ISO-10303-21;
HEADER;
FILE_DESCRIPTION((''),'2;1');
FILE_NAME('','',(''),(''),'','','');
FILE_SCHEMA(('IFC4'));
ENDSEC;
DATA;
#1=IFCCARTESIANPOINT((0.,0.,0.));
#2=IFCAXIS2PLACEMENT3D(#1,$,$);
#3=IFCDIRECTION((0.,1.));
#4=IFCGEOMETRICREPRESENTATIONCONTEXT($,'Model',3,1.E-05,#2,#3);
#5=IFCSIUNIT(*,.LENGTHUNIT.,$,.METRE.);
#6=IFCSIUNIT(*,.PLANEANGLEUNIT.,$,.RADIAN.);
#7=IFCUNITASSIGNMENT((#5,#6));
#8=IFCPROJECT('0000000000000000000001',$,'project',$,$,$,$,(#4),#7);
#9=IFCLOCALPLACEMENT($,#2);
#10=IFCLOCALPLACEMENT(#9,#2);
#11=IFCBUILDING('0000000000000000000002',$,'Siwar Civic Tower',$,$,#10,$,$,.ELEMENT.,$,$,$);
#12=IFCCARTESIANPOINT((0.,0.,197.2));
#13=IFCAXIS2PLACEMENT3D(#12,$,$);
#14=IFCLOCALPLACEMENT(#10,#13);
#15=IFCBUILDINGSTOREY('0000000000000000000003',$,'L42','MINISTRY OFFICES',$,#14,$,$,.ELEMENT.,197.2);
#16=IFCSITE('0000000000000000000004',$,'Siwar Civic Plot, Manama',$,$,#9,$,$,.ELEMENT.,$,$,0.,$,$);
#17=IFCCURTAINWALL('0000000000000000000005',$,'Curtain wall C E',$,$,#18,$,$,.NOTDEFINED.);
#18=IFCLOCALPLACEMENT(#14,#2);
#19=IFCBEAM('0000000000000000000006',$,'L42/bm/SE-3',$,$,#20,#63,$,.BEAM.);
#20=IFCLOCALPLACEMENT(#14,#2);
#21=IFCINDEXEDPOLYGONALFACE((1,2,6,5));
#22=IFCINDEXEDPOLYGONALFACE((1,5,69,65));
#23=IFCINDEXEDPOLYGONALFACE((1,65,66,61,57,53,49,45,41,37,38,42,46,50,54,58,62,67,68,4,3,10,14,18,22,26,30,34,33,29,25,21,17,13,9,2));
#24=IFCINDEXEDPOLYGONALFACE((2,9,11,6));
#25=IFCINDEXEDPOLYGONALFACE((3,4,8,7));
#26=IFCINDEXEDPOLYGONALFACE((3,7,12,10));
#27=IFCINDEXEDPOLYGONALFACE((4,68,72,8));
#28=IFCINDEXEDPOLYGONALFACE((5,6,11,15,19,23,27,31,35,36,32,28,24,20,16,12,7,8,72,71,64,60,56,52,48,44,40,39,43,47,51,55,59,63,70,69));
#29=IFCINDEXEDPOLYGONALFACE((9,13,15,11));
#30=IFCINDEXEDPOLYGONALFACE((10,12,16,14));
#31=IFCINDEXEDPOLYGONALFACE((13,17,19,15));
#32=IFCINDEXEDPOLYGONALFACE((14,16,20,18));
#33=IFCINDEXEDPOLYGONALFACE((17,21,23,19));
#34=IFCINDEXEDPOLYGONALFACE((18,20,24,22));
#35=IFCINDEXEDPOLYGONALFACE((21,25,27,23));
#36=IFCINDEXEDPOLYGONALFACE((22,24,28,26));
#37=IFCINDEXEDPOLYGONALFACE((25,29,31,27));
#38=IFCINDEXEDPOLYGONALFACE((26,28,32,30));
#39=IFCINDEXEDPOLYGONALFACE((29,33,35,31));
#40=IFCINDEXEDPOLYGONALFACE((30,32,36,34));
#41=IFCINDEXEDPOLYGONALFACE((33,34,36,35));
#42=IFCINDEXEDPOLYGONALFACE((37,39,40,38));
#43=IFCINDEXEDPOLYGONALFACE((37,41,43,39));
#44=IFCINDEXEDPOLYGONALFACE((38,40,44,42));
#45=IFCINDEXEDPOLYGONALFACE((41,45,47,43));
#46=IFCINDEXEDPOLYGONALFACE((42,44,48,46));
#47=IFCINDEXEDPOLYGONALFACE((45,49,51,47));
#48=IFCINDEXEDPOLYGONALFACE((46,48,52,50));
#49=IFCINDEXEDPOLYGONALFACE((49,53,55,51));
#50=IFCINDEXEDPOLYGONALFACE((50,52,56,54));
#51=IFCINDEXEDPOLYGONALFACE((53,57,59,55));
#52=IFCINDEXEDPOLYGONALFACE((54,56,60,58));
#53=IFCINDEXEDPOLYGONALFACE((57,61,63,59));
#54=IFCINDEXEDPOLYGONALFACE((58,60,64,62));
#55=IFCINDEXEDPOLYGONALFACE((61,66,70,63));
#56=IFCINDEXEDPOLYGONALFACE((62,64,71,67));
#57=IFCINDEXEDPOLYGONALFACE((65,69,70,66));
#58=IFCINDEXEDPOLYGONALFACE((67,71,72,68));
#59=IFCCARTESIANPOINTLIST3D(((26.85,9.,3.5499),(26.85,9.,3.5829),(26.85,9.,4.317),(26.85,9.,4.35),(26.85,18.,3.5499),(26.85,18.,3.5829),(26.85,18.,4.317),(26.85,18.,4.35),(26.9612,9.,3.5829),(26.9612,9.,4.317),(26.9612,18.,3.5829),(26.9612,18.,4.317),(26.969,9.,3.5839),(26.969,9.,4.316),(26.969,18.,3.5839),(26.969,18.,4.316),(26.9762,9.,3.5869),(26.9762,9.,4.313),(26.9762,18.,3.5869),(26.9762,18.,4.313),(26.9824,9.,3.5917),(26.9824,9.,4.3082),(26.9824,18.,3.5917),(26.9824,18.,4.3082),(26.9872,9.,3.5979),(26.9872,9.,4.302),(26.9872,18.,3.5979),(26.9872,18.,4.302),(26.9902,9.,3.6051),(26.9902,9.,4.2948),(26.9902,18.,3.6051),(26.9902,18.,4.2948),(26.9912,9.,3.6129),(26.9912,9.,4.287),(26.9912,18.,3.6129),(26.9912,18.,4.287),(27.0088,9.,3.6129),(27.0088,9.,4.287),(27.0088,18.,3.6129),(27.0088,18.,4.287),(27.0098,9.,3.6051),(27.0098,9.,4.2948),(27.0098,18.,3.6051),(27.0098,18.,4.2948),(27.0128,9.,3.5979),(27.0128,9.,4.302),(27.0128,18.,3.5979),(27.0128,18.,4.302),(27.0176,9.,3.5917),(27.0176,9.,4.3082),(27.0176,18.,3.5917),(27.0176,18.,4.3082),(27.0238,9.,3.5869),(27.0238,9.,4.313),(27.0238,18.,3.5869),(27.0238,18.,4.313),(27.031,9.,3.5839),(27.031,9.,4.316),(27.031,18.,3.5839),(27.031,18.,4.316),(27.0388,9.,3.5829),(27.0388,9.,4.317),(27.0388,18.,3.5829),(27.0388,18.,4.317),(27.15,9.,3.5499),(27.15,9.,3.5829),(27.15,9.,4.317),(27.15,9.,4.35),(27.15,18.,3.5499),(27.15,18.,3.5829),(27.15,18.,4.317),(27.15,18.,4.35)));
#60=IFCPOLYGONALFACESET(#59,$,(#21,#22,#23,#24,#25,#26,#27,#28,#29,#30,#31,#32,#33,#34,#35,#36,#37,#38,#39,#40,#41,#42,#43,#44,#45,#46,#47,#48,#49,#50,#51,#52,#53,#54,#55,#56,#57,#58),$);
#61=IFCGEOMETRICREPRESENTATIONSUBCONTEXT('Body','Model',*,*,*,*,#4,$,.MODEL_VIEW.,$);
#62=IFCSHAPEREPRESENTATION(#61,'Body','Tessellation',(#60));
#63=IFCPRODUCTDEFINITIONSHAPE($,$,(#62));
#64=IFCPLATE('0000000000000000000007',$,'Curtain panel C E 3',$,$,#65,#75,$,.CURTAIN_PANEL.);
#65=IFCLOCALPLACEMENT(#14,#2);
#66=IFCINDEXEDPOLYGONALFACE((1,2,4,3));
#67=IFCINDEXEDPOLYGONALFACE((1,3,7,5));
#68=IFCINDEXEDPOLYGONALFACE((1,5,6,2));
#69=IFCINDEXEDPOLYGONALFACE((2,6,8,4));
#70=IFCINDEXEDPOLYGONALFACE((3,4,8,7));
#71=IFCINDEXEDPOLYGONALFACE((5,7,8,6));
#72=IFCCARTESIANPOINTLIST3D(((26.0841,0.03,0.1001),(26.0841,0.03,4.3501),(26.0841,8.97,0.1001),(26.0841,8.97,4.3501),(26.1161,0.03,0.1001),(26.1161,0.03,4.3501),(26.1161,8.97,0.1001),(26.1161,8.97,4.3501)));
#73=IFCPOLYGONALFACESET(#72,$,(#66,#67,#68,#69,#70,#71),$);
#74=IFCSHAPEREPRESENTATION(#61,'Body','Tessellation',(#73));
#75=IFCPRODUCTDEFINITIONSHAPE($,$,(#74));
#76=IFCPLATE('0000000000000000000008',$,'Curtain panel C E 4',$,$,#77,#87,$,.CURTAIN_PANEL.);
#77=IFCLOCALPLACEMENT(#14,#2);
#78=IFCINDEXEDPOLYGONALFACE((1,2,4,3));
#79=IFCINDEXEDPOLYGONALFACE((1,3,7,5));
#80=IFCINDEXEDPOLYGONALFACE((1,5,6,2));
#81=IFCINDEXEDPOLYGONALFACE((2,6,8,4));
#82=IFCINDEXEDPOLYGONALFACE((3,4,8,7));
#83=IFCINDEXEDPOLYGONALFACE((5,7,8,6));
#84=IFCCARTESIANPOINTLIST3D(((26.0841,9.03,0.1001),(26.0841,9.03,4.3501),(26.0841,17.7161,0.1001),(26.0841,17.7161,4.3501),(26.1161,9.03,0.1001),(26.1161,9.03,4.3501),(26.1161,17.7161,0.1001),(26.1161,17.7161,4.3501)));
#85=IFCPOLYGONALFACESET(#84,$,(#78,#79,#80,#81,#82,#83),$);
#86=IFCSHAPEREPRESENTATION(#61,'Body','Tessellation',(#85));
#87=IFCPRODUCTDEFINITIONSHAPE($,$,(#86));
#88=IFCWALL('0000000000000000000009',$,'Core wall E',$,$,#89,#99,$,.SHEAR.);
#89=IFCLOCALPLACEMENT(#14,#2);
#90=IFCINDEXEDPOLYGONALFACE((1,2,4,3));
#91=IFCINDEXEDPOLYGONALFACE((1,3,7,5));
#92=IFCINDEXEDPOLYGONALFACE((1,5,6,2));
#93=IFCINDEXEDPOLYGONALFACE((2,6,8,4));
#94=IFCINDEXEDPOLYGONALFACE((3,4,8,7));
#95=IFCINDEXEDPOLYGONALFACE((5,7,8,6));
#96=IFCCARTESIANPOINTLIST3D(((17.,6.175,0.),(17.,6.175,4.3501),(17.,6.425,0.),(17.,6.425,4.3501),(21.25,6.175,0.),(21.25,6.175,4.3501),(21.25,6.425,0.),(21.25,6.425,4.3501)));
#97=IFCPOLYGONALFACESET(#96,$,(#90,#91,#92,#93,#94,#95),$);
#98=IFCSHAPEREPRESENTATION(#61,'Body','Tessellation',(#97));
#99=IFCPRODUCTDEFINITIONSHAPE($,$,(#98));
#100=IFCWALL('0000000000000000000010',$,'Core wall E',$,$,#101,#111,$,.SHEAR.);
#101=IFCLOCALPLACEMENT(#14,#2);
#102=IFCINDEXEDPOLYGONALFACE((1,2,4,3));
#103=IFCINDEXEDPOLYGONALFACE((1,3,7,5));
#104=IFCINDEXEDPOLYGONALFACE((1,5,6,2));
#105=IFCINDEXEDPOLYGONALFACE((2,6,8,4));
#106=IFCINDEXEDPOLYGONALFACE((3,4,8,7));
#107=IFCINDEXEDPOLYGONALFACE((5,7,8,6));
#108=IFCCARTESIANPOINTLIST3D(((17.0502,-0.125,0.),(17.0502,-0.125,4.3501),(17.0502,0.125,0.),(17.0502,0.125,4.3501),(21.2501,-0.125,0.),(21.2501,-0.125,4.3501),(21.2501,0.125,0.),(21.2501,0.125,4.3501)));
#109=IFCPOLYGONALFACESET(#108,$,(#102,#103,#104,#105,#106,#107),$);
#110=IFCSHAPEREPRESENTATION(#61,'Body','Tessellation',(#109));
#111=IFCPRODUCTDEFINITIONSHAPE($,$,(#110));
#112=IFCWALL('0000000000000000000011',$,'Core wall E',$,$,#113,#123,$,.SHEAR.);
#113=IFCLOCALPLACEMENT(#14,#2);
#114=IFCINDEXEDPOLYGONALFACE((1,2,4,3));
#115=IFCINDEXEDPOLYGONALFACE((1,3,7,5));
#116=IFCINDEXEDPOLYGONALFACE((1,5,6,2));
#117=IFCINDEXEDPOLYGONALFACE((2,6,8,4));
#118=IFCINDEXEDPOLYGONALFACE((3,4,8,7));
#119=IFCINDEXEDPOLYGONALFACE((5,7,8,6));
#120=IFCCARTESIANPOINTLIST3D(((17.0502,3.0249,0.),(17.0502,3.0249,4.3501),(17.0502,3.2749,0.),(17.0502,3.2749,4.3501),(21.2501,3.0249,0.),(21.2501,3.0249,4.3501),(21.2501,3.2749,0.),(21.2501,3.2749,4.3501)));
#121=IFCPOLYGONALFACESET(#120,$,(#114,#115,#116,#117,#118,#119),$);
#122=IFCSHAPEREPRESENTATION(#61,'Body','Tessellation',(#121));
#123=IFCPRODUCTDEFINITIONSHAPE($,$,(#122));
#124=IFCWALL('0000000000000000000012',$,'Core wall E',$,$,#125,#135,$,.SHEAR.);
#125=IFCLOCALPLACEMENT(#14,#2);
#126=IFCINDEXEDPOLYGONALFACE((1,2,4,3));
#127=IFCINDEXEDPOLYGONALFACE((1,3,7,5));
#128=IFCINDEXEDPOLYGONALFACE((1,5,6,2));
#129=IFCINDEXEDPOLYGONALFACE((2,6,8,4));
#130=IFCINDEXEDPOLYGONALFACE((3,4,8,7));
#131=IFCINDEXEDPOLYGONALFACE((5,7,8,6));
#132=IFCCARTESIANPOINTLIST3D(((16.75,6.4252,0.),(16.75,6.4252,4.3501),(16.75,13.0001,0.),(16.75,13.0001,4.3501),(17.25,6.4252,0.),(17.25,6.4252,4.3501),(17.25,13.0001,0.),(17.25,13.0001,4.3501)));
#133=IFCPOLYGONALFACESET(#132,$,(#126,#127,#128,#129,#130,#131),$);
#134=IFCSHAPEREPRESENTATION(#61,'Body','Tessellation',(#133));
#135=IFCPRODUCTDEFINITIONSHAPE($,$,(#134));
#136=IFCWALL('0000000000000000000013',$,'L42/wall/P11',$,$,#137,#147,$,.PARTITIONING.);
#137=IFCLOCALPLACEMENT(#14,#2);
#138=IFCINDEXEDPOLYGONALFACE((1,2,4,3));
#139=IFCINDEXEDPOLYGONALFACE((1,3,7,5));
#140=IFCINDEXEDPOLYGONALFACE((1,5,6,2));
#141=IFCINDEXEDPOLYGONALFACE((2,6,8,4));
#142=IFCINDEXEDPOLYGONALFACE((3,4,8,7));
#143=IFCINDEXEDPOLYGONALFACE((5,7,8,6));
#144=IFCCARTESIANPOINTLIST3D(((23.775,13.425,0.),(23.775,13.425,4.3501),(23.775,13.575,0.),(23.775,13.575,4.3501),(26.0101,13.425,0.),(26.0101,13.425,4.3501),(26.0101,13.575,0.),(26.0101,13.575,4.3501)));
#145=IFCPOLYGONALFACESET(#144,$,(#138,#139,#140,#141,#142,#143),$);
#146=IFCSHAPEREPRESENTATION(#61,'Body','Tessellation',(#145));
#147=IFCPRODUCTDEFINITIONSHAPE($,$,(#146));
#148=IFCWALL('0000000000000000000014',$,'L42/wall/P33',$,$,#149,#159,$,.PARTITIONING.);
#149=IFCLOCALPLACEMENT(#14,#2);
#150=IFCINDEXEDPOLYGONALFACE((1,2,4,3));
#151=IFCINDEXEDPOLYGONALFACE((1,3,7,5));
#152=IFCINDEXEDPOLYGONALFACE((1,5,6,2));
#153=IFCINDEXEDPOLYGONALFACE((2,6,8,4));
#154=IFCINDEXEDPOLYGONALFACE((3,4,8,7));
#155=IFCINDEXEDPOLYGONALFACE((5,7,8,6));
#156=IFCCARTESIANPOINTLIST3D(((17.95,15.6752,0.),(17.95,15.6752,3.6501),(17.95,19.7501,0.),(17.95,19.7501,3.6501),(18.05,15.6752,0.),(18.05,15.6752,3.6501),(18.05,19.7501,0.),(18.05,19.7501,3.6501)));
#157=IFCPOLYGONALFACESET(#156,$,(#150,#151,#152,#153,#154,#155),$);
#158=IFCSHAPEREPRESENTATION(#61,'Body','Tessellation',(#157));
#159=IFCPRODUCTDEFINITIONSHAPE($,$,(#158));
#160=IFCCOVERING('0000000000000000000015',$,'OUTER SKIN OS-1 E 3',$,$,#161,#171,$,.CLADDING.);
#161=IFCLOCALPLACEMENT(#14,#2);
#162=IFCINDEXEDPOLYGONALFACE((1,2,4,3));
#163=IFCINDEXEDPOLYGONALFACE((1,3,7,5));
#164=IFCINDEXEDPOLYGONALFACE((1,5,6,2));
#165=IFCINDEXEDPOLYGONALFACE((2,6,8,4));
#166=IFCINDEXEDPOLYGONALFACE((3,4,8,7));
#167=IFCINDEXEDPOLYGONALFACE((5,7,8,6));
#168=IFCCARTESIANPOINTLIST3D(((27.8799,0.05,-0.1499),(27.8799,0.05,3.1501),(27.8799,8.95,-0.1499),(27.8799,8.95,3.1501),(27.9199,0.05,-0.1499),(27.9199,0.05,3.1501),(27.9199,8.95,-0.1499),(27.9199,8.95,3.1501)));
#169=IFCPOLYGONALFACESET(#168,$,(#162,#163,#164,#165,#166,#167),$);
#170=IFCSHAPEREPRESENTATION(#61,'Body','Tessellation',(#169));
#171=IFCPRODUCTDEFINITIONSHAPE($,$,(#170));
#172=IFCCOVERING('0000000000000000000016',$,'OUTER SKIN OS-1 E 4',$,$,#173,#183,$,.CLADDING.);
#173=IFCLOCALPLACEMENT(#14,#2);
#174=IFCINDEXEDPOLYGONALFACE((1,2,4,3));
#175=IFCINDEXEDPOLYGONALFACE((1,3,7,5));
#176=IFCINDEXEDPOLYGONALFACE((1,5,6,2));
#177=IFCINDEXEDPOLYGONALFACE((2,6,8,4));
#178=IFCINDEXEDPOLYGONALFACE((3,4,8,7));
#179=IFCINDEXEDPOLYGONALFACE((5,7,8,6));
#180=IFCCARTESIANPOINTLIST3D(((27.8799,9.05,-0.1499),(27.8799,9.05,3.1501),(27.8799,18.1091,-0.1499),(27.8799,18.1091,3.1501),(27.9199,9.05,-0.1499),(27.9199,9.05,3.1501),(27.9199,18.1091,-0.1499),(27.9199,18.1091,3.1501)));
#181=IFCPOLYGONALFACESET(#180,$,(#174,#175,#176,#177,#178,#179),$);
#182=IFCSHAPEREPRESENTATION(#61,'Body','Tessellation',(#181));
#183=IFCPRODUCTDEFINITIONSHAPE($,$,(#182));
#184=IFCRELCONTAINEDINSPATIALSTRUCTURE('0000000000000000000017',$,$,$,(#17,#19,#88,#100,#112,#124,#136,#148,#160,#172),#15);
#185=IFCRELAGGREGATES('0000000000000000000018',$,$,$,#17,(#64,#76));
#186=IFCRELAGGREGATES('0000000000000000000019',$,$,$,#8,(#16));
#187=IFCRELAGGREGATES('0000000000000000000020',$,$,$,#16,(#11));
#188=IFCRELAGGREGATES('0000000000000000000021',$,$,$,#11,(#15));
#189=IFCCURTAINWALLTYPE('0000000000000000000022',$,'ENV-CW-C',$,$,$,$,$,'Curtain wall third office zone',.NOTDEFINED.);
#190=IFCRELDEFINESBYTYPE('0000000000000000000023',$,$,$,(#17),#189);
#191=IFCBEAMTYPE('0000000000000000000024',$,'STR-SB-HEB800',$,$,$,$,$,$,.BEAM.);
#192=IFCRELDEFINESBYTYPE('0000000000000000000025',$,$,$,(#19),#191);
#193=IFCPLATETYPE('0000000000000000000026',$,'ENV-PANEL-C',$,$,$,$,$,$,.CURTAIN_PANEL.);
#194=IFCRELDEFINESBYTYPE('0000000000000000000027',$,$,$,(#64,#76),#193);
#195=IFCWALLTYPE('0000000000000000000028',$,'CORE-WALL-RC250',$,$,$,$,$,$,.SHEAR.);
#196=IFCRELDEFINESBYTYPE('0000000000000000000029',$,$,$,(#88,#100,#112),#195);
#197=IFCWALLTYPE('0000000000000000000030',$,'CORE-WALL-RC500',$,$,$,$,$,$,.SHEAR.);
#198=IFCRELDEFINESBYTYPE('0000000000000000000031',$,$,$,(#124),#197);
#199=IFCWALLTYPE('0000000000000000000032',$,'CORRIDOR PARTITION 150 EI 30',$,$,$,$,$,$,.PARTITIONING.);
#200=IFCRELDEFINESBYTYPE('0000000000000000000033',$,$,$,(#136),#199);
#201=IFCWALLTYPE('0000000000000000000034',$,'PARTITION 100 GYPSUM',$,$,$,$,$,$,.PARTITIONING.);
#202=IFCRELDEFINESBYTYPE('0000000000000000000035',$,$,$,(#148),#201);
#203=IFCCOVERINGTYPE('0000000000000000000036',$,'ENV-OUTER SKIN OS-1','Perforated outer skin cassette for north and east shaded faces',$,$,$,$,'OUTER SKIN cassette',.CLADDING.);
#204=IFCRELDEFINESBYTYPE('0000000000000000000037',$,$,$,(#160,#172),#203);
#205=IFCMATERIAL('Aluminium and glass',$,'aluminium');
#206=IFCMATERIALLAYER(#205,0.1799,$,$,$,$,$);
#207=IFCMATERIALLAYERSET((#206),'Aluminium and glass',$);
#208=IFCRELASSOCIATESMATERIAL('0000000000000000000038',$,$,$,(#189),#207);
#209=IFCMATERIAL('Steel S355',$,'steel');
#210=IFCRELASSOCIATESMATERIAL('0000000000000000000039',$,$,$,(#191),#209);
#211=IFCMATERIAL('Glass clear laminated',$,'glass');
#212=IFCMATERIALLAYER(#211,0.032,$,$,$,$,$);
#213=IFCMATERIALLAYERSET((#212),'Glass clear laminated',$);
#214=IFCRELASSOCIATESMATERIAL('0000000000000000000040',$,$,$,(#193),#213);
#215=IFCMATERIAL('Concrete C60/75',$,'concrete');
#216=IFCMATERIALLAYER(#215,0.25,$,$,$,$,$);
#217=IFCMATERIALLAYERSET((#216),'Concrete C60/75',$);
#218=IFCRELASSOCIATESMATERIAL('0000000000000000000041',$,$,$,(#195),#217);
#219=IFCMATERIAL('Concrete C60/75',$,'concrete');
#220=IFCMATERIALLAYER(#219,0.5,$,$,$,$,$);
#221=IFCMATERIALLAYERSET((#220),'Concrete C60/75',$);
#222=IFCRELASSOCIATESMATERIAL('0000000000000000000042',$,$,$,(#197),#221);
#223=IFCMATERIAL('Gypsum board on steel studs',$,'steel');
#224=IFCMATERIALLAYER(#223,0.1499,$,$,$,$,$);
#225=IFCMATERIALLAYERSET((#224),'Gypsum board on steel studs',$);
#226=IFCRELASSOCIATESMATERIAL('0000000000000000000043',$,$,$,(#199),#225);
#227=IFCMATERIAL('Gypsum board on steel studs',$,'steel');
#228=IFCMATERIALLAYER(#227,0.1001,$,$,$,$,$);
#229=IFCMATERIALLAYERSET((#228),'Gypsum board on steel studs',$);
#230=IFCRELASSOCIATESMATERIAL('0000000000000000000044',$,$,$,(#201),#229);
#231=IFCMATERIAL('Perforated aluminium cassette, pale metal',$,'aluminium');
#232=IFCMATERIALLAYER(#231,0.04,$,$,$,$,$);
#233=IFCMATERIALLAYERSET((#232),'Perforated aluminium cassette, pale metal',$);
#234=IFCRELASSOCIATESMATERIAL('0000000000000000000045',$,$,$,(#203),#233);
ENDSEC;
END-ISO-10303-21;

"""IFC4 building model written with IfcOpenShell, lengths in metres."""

from ifc_helpers import new_model, si_unit, direction, frame, frame_2d, origin, origin_2d, place, context, subcontext, project, spatial, rectangle, i_section, extrude, material, layer, layer_set, material_profile, profile_set, type_object, element, aggregate, save


model = new_model("IFC4")

# Units and contexts
model_context = context("Model", 3, precision=1e-05, world=origin(), true_north=direction((0.0, 1.0)))
body_context = subcontext(model_context, "Body", "Model", "MODEL_VIEW")
ifc_project = project(units=[si_unit("LENGTHUNIT", "METRE"), si_unit("PLANEANGLEUNIT", "RADIAN")], contexts=[model_context])

# Site, building, storey
site_placement = place(None, origin())
site = spatial("IfcSite", under=ifc_project, at=site_placement, Name="Siwar Civic Plot, Manama", CompositionType="ELEMENT", RefElevation=0.0)
building_placement = place(site_placement, origin())
building = spatial("IfcBuilding", under=site, at=building_placement, Name="Siwar Civic Tower", CompositionType="ELEMENT")
storey_placement = place(building_placement, frame((0.0, 0.0, 197.2)))
storey = spatial("IfcBuildingStorey", under=building, at=storey_placement, Name="L42", Description="MINISTRY OFFICES", CompositionType="ELEMENT", Elevation=197.2)

# Curtain wall
ifc_material_1 = material(Name="Aluminium and glass", Category="aluminium")
ifc_layer_1 = layer(ifc_material_1, 0.1799)
ifc_layer_set_1 = layer_set([ifc_layer_1], Name="Aluminium and glass")
curtain_wall_type_1 = type_object("IfcCurtainWallType", Name="ENV-CW-C", ElementType="Curtain wall third office zone", PredefinedType="NOTDEFINED", material=ifc_layer_set_1)
curtain_wall_1_placement = place(storey_placement, origin())
curtain_wall_1 = element("IfcCurtainWall", 1, at=curtain_wall_1_placement, inside=storey, type_object=curtain_wall_type_1, Name="Curtain wall C E", PredefinedType="NOTDEFINED")

# Beam
ifc_material_2 = material(Name="Steel S355", Category="steel")
ifc_material_profile_1 = material_profile(ifc_material_2, i_section(OverallWidth=0.3, OverallDepth=0.8, WebThickness=0.0176, FlangeThickness=0.033, FilletRadius=0.03, at=origin_2d()), Name="HEB800")
ifc_profile_set_1 = profile_set([ifc_material_profile_1], Name="Steel S355")
beam_type_1 = type_object("IfcBeamType", Name="STR-SB-HEB800", PredefinedType="BEAM", material=ifc_profile_set_1)
for number, where, z_axis, x_axis, name in (
    (2, (27.0, 9.0, 3.95), (0.0, 1.0, 0.0), (-1.0, 0.0, 0.0), "L42/bm/SE-3"),
):
    element("IfcBeam", number, at=place(storey_placement, frame(where, z_axis=z_axis, x_axis=x_axis)), inside=storey, type_object=beam_type_1, Name=name, PredefinedType="BEAM", context=body_context, shape_type="SweptSolid", body=[
        extrude(i_section(OverallWidth=0.3, OverallDepth=0.8, WebThickness=0.0176, FlangeThickness=0.033, FilletRadius=0.03, at=origin_2d()), origin(), (0.0, 0.0, 1.0), 9.0),
    ])

# Plates
ifc_material_3 = material(Name="Glass clear laminated", Category="glass")
ifc_layer_2 = layer(ifc_material_3, 0.032)
ifc_layer_set_2 = layer_set([ifc_layer_2], Name="Glass clear laminated")
plate_type = type_object("IfcPlateType", Name="ENV-PANEL-C", PredefinedType="CURTAIN_PANEL", material=ifc_layer_set_2)
plate_1_placement = place(storey_placement, frame((26.1001, 4.5, 0.1001), z_axis=(0.0, 0.0, 1.0), x_axis=(0.0, 1.0, 0.0)))
plate_1 = element("IfcPlate", 3, at=plate_1_placement, type_object=plate_type, Name="Curtain panel C E 3", PredefinedType="CURTAIN_PANEL", context=body_context, shape_type="SweptSolid", body=[
    extrude(rectangle(XDim=8.9399, YDim=0.032, at=origin_2d()), origin(), (0.0, 0.0, 1.0), 4.25),
])
plate_2_placement = place(storey_placement, frame((26.1001, 13.373, 0.1001), z_axis=(0.0, 0.0, 1.0), x_axis=(0.0, 1.0, 0.0)))
plate_2 = element("IfcPlate", 4, at=plate_2_placement, type_object=plate_type, Name="Curtain panel C E 4", PredefinedType="CURTAIN_PANEL", context=body_context, shape_type="SweptSolid", body=[
    extrude(rectangle(XDim=8.686, YDim=0.032, at=origin_2d()), origin(), (0.0, 0.0, 1.0), 4.25),
])
aggregate(curtain_wall_1, [plate_1, plate_2])

# Walls
ifc_material_4 = material(Name="Concrete C60/75", Category="concrete")
ifc_layer_3 = layer(ifc_material_4, 0.25)
ifc_layer_set_3 = layer_set([ifc_layer_3], Name="Concrete C60/75")
wall_type_1 = type_object("IfcWallType", Name="CORE-WALL-RC250", PredefinedType="SHEAR", material=ifc_layer_set_3)
wall_1_placement = place(storey_placement, frame((17.0, 6.3, 0.0), z_axis=(0.0, 0.0, 1.0), x_axis=(1.0, 0.0, 0.0)))
element("IfcWall", 5, at=wall_1_placement, inside=storey, type_object=wall_type_1, Name="Core wall E", PredefinedType="SHEAR", context=body_context, shape_type="SweptSolid", body=[
    extrude(rectangle(XDim=4.25, YDim=0.25, at=frame_2d((2.125, 0.0))), origin(), (0.0, 0.0, 1.0), 4.3501),
])
for number, where, z_axis, x_axis, name in (
    (6, (17.05, 0.0, 0.0), (0.0, 0.0, 1.0), (1.0, 0.0, 0.0), "Core wall E"),
    (7, (17.05, 3.1499, 0.0), (0.0, 0.0, 1.0), (1.0, 0.0, 0.0), "Core wall E"),
):
    element("IfcWall", number, at=place(storey_placement, frame(where, z_axis=z_axis, x_axis=x_axis)), inside=storey, type_object=wall_type_1, Name=name, PredefinedType="SHEAR", context=body_context, shape_type="SweptSolid", body=[
        extrude(rectangle(XDim=4.2, YDim=0.25, at=frame_2d((2.1001, 0.0))), origin(), (0.0, 0.0, 1.0), 4.3501),
    ])
ifc_material_5 = material(Name="Concrete C60/75", Category="concrete")
ifc_layer_4 = layer(ifc_material_5, 0.5)
ifc_layer_set_4 = layer_set([ifc_layer_4], Name="Concrete C60/75")
wall_type_2 = type_object("IfcWallType", Name="CORE-WALL-RC500", PredefinedType="SHEAR", material=ifc_layer_set_4)
wall_2_placement = place(storey_placement, frame((17.0, 6.425, 0.0), z_axis=(0.0, 0.0, 1.0), x_axis=(0.0, 1.0, 0.0)))
element("IfcWall", 8, at=wall_2_placement, inside=storey, type_object=wall_type_2, Name="Core wall E", PredefinedType="SHEAR", context=body_context, shape_type="SweptSolid", body=[
    extrude(rectangle(XDim=6.575, YDim=0.5, at=frame_2d((3.2876, 0.0))), origin(), (0.0, 0.0, 1.0), 4.3501),
])
ifc_material_6 = material(Name="Gypsum board on steel studs", Category="steel")
ifc_layer_5 = layer(ifc_material_6, 0.1499)
ifc_layer_set_5 = layer_set([ifc_layer_5], Name="Gypsum board on steel studs")
wall_type_3 = type_object("IfcWallType", Name="CORRIDOR PARTITION 150 EI 30", PredefinedType="PARTITIONING", material=ifc_layer_set_5)
wall_3_placement = place(storey_placement, frame((23.7749, 13.5, 0.0), z_axis=(0.0, 0.0, 1.0), x_axis=(1.0, 0.0, 0.0)))
element("IfcWall", 9, at=wall_3_placement, inside=storey, type_object=wall_type_3, Name="L42/wall/P11", PredefinedType="PARTITIONING", context=body_context, shape_type="SweptSolid", body=[
    extrude(rectangle(XDim=2.2351, YDim=0.1499, at=frame_2d((1.1177, 0.0))), origin(), (0.0, 0.0, 1.0), 4.3501),
])
ifc_material_7 = material(Name="Gypsum board on steel studs", Category="steel")
ifc_layer_6 = layer(ifc_material_7, 0.1001)
ifc_layer_set_6 = layer_set([ifc_layer_6], Name="Gypsum board on steel studs")
wall_type_4 = type_object("IfcWallType", Name="PARTITION 100 GYPSUM", PredefinedType="PARTITIONING", material=ifc_layer_set_6)
wall_4_placement = place(storey_placement, frame((18.0, 15.675, 0.0), z_axis=(0.0, 0.0, 1.0), x_axis=(0.0, 1.0, 0.0)))
element("IfcWall", 10, at=wall_4_placement, inside=storey, type_object=wall_type_4, Name="L42/wall/P33", PredefinedType="PARTITIONING", context=body_context, shape_type="SweptSolid", body=[
    extrude(rectangle(XDim=4.075, YDim=0.1001, at=frame_2d((2.0376, 0.0))), origin(), (0.0, 0.0, 1.0), 3.6501),
])

# Coverings
ifc_material_8 = material(Name="Perforated aluminium cassette, pale metal", Category="aluminium")
ifc_layer_7 = layer(ifc_material_8, 0.04)
ifc_layer_set_7 = layer_set([ifc_layer_7], Name="Perforated aluminium cassette, pale metal")
covering_type = type_object("IfcCoveringType", Name="ENV-OUTER SKIN OS-1", Description="Perforated outer skin cassette for north and east shaded faces", ElementType="OUTER SKIN cassette", PredefinedType="CLADDING", material=ifc_layer_set_7)
covering_1_placement = place(storey_placement, frame((27.8999, 4.5, -0.1499), z_axis=(0.0, 0.0, 1.0), x_axis=(0.0, 1.0, 0.0)))
element("IfcCovering", 11, at=covering_1_placement, inside=storey, type_object=covering_type, Name="OUTER SKIN OS-1 E 3", PredefinedType="CLADDING", context=body_context, shape_type="SweptSolid", body=[
    extrude(rectangle(XDim=8.8999, YDim=0.04, at=origin_2d()), origin(), (0.0, 0.0, 1.0), 3.3),
])
covering_2_placement = place(storey_placement, frame((27.8999, 13.5796, -0.1499), z_axis=(0.0, 0.0, 1.0), x_axis=(0.0, 1.0, 0.0)))
element("IfcCovering", 12, at=covering_2_placement, inside=storey, type_object=covering_type, Name="OUTER SKIN OS-1 E 4", PredefinedType="CLADDING", context=body_context, shape_type="SweptSolid", body=[
    extrude(rectangle(XDim=9.0591, YDim=0.04, at=origin_2d()), origin(), (0.0, 0.0, 1.0), 3.3),
])

save(model, "model.ifc")
